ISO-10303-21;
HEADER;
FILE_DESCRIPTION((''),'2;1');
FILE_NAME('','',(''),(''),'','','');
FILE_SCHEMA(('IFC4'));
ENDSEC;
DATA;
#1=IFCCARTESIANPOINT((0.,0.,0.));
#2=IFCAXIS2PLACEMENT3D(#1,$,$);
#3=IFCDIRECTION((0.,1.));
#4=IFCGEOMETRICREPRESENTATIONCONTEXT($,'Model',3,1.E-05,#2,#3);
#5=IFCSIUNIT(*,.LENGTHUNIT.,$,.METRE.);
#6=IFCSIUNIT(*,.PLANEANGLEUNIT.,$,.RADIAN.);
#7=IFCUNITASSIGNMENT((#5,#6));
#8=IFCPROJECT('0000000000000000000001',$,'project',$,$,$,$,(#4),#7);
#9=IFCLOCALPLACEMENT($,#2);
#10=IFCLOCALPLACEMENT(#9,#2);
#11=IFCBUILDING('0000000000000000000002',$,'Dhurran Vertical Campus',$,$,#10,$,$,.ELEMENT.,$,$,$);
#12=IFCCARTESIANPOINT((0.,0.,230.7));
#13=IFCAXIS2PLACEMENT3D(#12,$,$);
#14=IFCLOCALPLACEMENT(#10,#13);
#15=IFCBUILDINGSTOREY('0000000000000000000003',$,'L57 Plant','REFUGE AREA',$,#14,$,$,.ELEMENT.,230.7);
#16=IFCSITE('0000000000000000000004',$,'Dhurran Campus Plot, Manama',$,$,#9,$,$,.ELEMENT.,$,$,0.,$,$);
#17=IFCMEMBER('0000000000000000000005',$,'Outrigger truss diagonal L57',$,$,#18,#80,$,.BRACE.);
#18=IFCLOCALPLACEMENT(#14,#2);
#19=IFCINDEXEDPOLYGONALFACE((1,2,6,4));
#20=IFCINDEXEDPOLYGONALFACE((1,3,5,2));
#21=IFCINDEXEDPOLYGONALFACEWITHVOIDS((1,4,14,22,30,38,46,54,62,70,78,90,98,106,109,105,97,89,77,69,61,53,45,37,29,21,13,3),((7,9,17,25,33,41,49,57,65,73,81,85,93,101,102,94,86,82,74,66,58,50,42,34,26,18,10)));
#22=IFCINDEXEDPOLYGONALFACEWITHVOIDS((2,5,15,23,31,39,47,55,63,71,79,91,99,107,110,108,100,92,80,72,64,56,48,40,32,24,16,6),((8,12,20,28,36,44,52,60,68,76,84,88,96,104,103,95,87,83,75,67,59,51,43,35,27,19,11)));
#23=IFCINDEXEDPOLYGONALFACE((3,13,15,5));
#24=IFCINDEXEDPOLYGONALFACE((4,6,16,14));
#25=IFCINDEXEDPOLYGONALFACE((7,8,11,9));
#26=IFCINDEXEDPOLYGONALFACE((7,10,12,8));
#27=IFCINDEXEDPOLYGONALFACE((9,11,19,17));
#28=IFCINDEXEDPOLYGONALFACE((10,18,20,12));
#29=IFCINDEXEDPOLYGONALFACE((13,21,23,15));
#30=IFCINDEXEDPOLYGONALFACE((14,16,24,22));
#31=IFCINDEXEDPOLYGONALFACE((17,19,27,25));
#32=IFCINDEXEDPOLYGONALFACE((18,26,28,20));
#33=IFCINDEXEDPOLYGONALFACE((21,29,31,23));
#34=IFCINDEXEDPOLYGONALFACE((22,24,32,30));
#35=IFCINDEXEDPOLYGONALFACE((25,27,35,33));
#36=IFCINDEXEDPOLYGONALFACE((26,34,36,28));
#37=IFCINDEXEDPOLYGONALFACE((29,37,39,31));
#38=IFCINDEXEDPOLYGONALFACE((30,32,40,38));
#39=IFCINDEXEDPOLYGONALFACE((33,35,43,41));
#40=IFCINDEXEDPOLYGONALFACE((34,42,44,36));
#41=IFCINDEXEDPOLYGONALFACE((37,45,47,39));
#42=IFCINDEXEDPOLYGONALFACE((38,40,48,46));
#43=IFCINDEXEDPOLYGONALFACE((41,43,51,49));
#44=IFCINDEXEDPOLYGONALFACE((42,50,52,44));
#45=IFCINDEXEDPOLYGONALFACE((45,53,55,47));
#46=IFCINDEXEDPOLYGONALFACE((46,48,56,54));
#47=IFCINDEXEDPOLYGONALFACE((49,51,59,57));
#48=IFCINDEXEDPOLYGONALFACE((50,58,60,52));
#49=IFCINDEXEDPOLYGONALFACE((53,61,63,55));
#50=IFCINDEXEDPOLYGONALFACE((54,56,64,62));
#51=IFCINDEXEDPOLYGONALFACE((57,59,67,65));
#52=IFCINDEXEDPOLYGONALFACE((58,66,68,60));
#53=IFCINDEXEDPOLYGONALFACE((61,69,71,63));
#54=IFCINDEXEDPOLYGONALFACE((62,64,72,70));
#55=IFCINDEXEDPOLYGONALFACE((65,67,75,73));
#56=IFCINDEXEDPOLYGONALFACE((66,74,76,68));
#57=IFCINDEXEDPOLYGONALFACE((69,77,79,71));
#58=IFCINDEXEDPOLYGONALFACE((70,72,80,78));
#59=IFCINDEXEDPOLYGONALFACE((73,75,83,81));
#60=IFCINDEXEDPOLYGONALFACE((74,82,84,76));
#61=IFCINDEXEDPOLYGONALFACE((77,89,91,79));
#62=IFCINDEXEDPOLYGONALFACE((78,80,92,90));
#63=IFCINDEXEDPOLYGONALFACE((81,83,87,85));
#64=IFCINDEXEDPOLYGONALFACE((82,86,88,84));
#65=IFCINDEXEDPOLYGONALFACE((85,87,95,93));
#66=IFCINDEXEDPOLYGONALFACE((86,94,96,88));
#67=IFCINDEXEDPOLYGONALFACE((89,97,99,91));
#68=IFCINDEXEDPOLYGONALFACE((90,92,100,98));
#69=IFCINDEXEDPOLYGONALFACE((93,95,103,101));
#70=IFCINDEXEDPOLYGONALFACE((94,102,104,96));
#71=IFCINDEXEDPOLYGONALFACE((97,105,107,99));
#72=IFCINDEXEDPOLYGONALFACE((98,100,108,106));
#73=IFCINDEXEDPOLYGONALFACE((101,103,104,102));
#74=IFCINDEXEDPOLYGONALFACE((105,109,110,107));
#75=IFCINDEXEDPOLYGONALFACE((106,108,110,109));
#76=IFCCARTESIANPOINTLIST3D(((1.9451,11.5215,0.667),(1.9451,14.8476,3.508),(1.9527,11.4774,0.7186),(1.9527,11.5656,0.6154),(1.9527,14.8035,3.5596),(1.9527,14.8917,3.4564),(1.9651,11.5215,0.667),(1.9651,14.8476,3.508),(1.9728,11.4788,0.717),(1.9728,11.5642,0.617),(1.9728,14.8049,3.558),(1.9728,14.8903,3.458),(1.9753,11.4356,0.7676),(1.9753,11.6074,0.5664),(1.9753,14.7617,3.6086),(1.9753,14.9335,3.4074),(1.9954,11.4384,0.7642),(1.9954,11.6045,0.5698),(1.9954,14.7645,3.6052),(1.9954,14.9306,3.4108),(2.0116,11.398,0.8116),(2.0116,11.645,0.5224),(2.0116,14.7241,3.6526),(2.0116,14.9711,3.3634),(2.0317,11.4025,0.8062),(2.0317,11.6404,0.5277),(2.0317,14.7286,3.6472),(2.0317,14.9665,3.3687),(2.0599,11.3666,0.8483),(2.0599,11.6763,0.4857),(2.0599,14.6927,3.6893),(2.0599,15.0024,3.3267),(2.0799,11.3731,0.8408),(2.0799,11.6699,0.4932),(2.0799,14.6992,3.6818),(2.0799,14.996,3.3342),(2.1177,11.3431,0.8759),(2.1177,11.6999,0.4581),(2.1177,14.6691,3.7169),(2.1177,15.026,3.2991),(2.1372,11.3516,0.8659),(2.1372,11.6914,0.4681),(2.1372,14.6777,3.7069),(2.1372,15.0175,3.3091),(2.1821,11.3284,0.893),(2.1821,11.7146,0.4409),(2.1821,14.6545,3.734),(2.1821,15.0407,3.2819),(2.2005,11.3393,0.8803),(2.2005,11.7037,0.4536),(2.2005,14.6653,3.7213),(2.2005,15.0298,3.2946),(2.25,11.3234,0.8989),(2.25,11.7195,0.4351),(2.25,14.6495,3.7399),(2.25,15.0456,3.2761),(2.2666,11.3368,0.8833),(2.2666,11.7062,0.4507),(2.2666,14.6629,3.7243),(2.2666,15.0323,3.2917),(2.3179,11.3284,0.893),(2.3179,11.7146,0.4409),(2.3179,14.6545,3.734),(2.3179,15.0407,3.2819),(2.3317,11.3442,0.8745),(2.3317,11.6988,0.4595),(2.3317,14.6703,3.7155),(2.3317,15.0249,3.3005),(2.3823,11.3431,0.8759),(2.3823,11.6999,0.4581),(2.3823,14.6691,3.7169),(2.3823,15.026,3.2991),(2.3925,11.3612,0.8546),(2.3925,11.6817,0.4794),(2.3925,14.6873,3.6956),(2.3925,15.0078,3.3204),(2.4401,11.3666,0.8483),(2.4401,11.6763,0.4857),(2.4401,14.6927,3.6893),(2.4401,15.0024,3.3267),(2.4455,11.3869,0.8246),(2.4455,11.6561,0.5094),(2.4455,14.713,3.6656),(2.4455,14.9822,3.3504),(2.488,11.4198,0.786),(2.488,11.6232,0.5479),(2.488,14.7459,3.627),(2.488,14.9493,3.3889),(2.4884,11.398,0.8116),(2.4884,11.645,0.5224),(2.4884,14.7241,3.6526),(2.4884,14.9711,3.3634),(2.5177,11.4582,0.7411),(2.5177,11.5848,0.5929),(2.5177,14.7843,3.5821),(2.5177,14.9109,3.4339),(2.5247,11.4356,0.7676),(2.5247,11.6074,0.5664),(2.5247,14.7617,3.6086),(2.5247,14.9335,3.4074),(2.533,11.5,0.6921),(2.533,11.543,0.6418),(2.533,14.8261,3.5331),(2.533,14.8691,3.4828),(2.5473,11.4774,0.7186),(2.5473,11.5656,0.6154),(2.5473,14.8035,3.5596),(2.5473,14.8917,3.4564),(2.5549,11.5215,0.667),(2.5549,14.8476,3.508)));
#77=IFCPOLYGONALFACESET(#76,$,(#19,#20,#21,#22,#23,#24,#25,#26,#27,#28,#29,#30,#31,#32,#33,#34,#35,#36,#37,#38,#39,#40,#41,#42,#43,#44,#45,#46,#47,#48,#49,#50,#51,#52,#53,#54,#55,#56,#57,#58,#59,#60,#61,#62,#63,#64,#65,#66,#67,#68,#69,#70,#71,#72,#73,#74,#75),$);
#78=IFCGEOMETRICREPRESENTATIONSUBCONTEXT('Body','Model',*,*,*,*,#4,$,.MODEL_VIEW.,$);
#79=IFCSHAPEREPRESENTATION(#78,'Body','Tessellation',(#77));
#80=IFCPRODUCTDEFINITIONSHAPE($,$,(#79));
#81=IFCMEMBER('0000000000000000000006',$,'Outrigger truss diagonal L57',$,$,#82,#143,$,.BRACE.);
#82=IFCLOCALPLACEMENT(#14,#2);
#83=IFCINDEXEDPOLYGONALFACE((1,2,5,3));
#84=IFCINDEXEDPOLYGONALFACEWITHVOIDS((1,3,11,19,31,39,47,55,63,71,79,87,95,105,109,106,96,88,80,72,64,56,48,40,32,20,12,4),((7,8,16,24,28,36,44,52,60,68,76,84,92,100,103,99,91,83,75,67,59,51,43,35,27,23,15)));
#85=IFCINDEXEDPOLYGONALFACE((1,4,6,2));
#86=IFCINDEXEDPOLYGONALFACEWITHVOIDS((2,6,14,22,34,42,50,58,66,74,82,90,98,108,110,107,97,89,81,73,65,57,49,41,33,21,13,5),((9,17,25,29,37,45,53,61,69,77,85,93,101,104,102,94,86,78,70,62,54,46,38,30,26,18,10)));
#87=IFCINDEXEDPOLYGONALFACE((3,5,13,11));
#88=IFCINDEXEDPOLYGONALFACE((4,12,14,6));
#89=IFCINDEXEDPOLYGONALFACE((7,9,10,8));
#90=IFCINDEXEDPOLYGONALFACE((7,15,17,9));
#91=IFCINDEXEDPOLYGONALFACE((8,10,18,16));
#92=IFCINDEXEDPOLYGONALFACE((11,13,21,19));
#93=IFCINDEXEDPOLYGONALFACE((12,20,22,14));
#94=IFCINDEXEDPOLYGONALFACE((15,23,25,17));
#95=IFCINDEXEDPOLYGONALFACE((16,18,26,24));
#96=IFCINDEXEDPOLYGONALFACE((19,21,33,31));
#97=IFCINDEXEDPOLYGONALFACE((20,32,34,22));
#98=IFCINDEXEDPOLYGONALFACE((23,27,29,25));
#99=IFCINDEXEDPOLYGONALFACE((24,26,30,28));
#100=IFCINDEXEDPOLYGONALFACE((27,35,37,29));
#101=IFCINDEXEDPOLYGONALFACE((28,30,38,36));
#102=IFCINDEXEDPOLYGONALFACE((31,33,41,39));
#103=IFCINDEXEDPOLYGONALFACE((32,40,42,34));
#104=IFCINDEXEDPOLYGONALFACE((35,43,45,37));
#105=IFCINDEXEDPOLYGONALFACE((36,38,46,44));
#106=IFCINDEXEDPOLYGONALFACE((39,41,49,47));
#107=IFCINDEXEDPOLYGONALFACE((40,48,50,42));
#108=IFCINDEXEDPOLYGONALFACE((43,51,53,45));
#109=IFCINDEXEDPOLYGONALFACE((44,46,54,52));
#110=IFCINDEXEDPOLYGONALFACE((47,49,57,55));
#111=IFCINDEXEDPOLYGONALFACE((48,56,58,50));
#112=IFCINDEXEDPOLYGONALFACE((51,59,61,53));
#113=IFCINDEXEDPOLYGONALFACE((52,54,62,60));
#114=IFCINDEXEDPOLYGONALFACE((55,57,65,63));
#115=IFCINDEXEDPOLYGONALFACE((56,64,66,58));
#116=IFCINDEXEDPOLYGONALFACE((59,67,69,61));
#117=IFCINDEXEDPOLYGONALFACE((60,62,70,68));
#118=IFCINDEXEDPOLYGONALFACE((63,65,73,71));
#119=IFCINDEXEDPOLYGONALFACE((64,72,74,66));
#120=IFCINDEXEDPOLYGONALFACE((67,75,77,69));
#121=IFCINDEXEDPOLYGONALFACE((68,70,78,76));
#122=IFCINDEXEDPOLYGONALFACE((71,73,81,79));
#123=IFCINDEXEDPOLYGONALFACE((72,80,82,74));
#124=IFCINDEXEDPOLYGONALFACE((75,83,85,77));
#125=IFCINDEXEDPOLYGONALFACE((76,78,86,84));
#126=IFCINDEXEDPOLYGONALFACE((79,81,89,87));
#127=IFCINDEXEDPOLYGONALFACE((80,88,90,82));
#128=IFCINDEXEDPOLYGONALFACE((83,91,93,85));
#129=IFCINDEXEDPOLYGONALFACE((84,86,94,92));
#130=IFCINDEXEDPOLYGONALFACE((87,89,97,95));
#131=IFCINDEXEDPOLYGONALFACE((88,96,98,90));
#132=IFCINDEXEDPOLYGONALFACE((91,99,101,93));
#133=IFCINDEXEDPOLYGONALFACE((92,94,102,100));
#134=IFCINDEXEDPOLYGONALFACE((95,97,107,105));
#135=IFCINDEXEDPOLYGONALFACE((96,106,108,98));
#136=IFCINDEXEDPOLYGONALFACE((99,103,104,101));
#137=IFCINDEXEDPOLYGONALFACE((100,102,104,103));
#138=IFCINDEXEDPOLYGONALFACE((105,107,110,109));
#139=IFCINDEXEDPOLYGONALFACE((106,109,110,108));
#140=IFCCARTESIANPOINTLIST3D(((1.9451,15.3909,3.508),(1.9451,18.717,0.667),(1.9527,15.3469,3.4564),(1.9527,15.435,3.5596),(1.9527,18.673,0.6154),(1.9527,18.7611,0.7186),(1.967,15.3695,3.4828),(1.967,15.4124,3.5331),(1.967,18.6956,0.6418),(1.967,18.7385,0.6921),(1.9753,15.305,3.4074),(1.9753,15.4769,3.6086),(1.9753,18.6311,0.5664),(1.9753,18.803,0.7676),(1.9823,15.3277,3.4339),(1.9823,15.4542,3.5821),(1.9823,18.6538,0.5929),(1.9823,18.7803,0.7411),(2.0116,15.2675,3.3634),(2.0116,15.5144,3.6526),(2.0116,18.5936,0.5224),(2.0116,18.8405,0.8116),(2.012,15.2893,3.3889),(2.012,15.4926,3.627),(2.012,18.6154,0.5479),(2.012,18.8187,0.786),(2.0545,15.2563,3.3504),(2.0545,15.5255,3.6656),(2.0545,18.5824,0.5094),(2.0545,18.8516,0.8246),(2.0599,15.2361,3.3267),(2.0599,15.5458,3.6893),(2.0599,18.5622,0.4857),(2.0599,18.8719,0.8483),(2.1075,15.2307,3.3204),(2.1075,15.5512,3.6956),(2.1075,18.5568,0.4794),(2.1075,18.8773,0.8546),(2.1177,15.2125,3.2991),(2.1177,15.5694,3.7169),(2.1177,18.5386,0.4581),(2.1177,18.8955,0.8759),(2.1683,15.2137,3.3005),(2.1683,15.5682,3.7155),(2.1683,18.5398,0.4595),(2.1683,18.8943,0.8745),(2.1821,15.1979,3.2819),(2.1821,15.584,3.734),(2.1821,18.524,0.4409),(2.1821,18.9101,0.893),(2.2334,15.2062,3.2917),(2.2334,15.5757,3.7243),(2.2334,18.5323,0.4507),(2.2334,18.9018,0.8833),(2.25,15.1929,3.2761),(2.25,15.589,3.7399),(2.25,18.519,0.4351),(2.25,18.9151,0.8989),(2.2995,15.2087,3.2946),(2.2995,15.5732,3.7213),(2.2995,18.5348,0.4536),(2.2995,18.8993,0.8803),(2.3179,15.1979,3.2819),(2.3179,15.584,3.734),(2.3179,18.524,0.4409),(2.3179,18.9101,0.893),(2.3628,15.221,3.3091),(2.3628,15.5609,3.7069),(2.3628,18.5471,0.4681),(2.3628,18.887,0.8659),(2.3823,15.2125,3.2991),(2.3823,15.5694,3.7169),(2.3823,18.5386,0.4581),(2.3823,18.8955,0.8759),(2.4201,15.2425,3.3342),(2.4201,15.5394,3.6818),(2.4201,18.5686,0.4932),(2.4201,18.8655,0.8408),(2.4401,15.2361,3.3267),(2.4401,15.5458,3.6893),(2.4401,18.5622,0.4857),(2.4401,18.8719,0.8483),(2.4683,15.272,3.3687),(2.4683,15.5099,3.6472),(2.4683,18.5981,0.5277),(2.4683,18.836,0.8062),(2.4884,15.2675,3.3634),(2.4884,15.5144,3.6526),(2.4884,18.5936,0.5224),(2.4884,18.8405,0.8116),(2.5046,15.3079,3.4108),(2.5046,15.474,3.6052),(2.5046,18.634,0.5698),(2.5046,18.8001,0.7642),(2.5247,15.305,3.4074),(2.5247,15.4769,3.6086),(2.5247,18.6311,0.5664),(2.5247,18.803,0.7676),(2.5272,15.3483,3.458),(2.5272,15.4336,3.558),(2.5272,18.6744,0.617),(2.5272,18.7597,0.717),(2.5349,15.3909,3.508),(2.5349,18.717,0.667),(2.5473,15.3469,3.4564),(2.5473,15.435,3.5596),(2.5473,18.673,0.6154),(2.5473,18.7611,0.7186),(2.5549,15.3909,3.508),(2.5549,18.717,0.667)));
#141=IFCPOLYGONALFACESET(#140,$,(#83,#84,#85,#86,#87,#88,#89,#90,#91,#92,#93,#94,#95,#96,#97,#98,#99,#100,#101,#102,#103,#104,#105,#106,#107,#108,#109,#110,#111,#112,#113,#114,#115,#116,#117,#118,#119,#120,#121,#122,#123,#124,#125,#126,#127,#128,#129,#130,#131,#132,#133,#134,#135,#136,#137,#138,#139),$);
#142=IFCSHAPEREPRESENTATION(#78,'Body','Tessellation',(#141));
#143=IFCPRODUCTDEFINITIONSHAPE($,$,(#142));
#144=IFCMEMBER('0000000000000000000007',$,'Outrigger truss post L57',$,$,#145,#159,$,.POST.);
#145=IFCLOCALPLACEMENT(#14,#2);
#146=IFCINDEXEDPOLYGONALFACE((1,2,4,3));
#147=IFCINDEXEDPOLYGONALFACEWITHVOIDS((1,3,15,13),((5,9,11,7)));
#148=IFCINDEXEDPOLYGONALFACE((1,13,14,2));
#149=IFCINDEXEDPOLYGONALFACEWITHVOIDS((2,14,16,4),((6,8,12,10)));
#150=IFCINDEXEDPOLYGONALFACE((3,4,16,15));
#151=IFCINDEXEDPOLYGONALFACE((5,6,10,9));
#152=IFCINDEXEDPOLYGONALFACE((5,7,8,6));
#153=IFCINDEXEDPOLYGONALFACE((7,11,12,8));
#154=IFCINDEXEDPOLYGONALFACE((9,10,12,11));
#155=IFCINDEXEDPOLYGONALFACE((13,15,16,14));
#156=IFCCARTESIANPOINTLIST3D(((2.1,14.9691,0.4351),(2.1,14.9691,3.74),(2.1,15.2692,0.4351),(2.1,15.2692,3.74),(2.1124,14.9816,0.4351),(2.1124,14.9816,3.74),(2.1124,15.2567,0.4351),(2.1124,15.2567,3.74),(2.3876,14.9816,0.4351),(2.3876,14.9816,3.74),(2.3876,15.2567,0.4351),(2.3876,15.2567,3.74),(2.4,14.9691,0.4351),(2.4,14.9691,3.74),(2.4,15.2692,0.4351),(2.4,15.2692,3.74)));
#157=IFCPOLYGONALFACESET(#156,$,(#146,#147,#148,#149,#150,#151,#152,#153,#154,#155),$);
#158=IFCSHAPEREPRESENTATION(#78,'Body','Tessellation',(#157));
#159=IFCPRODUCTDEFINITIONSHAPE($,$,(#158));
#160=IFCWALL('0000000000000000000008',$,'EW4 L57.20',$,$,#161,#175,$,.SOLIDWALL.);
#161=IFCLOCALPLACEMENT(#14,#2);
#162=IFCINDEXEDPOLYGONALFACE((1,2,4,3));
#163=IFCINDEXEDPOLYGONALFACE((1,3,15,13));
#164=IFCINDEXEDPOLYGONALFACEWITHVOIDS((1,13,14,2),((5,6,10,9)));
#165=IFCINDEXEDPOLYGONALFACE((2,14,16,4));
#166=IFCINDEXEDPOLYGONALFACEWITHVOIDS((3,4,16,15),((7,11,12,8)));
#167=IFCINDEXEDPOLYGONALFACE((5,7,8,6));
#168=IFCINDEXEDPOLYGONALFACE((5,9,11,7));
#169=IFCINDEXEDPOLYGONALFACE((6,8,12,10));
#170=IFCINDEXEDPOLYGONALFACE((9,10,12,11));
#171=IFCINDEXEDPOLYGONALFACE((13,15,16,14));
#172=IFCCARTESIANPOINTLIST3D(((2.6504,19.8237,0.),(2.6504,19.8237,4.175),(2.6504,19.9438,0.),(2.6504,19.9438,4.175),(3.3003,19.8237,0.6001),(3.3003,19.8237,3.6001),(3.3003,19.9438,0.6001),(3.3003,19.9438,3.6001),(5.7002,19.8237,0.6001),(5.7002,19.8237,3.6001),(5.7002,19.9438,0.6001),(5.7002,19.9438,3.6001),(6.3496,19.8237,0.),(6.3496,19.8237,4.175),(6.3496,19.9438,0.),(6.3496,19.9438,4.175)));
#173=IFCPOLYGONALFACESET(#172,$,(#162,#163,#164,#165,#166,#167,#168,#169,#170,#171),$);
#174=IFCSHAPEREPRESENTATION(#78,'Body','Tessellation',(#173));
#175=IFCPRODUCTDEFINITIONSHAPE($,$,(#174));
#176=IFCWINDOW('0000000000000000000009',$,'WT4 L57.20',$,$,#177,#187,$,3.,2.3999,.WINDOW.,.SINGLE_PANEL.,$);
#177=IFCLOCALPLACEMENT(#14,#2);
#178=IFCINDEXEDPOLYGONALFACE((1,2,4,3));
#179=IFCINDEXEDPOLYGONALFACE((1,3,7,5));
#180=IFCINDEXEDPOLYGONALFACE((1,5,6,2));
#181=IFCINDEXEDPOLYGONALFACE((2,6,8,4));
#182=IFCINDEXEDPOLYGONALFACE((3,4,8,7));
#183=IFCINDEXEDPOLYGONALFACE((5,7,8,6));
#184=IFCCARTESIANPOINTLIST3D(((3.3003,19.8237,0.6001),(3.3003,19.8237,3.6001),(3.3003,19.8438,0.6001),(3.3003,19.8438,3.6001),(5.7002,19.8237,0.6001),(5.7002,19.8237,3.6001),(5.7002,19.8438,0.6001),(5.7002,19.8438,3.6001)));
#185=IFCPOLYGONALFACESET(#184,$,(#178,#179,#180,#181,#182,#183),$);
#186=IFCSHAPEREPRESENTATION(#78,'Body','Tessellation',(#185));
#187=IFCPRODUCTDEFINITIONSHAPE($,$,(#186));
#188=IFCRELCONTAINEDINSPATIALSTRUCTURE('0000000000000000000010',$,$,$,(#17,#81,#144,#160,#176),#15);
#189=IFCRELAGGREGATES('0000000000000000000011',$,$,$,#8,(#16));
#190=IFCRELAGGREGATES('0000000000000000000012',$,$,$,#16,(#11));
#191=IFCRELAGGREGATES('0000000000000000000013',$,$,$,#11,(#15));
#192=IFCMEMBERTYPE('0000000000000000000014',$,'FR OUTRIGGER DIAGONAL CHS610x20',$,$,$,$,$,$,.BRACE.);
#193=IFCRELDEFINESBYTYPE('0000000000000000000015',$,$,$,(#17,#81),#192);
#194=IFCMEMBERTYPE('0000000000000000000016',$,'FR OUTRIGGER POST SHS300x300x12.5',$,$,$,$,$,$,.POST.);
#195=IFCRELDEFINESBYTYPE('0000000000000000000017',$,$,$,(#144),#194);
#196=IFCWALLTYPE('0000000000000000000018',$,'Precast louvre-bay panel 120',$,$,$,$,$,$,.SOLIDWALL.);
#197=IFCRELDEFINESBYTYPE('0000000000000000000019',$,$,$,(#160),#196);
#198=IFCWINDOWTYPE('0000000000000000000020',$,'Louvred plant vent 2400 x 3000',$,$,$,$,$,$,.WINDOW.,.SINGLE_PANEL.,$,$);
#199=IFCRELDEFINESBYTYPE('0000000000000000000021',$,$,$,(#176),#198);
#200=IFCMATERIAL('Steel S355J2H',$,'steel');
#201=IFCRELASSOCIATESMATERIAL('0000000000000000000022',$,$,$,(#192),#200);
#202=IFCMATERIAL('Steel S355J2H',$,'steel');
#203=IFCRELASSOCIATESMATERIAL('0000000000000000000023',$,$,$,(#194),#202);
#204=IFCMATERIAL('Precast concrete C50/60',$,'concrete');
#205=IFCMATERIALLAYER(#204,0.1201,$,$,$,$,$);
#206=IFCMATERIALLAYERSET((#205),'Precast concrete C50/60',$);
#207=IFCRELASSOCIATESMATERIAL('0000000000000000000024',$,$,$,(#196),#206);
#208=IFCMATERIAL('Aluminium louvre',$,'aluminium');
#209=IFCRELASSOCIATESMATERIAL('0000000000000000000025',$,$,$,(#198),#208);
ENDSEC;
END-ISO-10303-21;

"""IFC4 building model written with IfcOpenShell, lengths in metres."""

from ifc_helpers import new_model, si_unit, direction, frame, frame_2d, origin, origin_2d, place, context, subcontext, project, spatial, rectangle, hollow_rectangle, hollow_circle, extrude, material, layer, layer_set, material_profile, profile_set, type_object, element, fill, save


model = new_model("IFC4")

# Units and contexts
model_context = context("Model", 3, precision=1e-05, world=origin(), true_north=direction((0.0, 1.0)))
body_context = subcontext(model_context, "Body", "Model", "MODEL_VIEW")
ifc_project = project(units=[si_unit("LENGTHUNIT", "METRE"), si_unit("PLANEANGLEUNIT", "RADIAN")], contexts=[model_context])

# Site, building, storey
site_placement = place(None, origin())
site = spatial("IfcSite", under=ifc_project, at=site_placement, Name="Dhurran Campus Plot, Manama", CompositionType="ELEMENT", RefElevation=0.0)
building_placement = place(site_placement, origin())
building = spatial("IfcBuilding", under=site, at=building_placement, Name="Dhurran Vertical Campus", CompositionType="ELEMENT")
storey_placement = place(building_placement, frame((0.0, 0.0, 230.7)))
storey = spatial("IfcBuildingStorey", under=building, at=storey_placement, Name="L57 Plant", Description="REFUGE AREA", CompositionType="ELEMENT", Elevation=230.7)

# Members
ifc_material_1 = material(Name="Steel S355J2H", Category="steel")
ifc_material_profile_1 = material_profile(ifc_material_1, hollow_circle(Radius=0.3049, WallThickness=0.02, at=origin_2d()), Name="CHS610x20")
ifc_profile_set_1 = profile_set([ifc_material_profile_1], Name="Steel S355J2H")
member_type_1 = type_object("IfcMemberType", Name="FR OUTRIGGER DIAGONAL CHS610x20", PredefinedType="BRACE", material=ifc_profile_set_1)
for number, where, z_axis, x_axis, name in (
    (1, (2.25, 11.5215, 0.667), (0.0, 0.760378, 0.64948), (-1.0, 0.0, 0.0), "Outrigger truss diagonal L57"),
    (2, (2.25, 18.717, 0.667), (0.0, -0.760378, 0.64948), (1.0, 0.0, 0.0), "Outrigger truss diagonal L57"),
):
    element("IfcMember", number, at=place(storey_placement, frame(where, z_axis=z_axis, x_axis=x_axis)), inside=storey, type_object=member_type_1, Name=name, PredefinedType="BRACE", context=body_context, shape_type="SweptSolid", body=[
        extrude(hollow_circle(Radius=0.3049, WallThickness=0.02, at=origin_2d()), origin(), (0.0, 0.0, 1.0), 4.3743),
    ])
ifc_material_2 = material(Name="Steel S355J2H", Category="steel")
ifc_material_profile_2 = material_profile(ifc_material_2, hollow_rectangle(XDim=0.3, YDim=0.3, WallThickness=0.0125, at=origin_2d()), Name="SHS300x300x12.5")
ifc_profile_set_2 = profile_set([ifc_material_profile_2], Name="Steel S355J2H")
member_type_2 = type_object("IfcMemberType", Name="FR OUTRIGGER POST SHS300x300x12.5", PredefinedType="POST", material=ifc_profile_set_2)
member_placement = place(storey_placement, frame((2.25, 15.1191, 0.4351), z_axis=(0.0, 0.0, 1.0), x_axis=(0.0, 1.0, 0.0)))
element("IfcMember", 3, at=member_placement, inside=storey, type_object=member_type_2, Name="Outrigger truss post L57", PredefinedType="POST", context=body_context, shape_type="SweptSolid", body=[
    extrude(hollow_rectangle(XDim=0.3, YDim=0.3, WallThickness=0.0125, at=origin_2d()), origin(), (0.0, 0.0, 1.0), 3.3049),
])

# Wall, opening, window
ifc_material_3 = material(Name="Precast concrete C50/60", Category="concrete")
ifc_layer_1 = layer(ifc_material_3, 0.1201)
ifc_layer_set_1 = layer_set([ifc_layer_1], Name="Precast concrete C50/60")
wall_type_1 = type_object("IfcWallType", Name="Precast louvre-bay panel 120", PredefinedType="SOLIDWALL", material=ifc_layer_set_1)
wall_1_placement = place(storey_placement, frame((6.3496, 19.8838, 0.0), z_axis=(0.0, 0.0, 1.0), x_axis=(-1.0, 0.0, 0.0)))
wall_1 = element("IfcWall", 4, at=wall_1_placement, inside=storey, type_object=wall_type_1, Name="EW4 L57.20", PredefinedType="SOLIDWALL", context=body_context, shape_type="SweptSolid", body=[
    extrude(rectangle(XDim=3.6992, YDim=0.1201, at=frame_2d((1.8496, 0.0))), origin(), (0.0, 0.0, 1.0), 4.175),
])
opening_1_placement = place(wall_1_placement, frame((0.6494, 0.0, 0.6001)))
opening_1 = element("IfcOpeningElement", 5, at=opening_1_placement, cuts=wall_1, PredefinedType="OPENING", context=body_context, shape_type="SweptSolid", body=[
    extrude(rectangle(XDim=2.3999, YDim=3.0, at=frame_2d((1.2, 1.5))), frame((0.0, 0.0701, 0.0), z_axis=(0.0, -1.0, 0.0), x_axis=(1.0, 0.0, 0.0)), (0.0, 0.0, 1.0), 0.1401),
])
ifc_material_4 = material(Name="Aluminium louvre", Category="aluminium")
window_type = type_object("IfcWindowType", Name="Louvred plant vent 2400 x 3000", PartitioningType="SINGLE_PANEL", PredefinedType="WINDOW", material=ifc_material_4)
window_1_placement = place(opening_1_placement, origin())
window_1 = element("IfcWindow", 6, at=window_1_placement, inside=storey, type_object=window_type, Name="WT4 L57.20", OverallHeight=3.0, OverallWidth=2.3999, PartitioningType="SINGLE_PANEL", PredefinedType="WINDOW", context=body_context, shape_type="SweptSolid", body=[
    extrude(rectangle(XDim=2.3999, YDim=3.0, at=frame_2d((1.2, 1.5))), frame((0.0, 0.0601, 0.0), z_axis=(0.0, -1.0, 0.0), x_axis=(1.0, 0.0, 0.0)), (0.0, 0.0, 1.0), 0.02),
])
fill(opening_1, window_1)

save(model, "model.ifc")
